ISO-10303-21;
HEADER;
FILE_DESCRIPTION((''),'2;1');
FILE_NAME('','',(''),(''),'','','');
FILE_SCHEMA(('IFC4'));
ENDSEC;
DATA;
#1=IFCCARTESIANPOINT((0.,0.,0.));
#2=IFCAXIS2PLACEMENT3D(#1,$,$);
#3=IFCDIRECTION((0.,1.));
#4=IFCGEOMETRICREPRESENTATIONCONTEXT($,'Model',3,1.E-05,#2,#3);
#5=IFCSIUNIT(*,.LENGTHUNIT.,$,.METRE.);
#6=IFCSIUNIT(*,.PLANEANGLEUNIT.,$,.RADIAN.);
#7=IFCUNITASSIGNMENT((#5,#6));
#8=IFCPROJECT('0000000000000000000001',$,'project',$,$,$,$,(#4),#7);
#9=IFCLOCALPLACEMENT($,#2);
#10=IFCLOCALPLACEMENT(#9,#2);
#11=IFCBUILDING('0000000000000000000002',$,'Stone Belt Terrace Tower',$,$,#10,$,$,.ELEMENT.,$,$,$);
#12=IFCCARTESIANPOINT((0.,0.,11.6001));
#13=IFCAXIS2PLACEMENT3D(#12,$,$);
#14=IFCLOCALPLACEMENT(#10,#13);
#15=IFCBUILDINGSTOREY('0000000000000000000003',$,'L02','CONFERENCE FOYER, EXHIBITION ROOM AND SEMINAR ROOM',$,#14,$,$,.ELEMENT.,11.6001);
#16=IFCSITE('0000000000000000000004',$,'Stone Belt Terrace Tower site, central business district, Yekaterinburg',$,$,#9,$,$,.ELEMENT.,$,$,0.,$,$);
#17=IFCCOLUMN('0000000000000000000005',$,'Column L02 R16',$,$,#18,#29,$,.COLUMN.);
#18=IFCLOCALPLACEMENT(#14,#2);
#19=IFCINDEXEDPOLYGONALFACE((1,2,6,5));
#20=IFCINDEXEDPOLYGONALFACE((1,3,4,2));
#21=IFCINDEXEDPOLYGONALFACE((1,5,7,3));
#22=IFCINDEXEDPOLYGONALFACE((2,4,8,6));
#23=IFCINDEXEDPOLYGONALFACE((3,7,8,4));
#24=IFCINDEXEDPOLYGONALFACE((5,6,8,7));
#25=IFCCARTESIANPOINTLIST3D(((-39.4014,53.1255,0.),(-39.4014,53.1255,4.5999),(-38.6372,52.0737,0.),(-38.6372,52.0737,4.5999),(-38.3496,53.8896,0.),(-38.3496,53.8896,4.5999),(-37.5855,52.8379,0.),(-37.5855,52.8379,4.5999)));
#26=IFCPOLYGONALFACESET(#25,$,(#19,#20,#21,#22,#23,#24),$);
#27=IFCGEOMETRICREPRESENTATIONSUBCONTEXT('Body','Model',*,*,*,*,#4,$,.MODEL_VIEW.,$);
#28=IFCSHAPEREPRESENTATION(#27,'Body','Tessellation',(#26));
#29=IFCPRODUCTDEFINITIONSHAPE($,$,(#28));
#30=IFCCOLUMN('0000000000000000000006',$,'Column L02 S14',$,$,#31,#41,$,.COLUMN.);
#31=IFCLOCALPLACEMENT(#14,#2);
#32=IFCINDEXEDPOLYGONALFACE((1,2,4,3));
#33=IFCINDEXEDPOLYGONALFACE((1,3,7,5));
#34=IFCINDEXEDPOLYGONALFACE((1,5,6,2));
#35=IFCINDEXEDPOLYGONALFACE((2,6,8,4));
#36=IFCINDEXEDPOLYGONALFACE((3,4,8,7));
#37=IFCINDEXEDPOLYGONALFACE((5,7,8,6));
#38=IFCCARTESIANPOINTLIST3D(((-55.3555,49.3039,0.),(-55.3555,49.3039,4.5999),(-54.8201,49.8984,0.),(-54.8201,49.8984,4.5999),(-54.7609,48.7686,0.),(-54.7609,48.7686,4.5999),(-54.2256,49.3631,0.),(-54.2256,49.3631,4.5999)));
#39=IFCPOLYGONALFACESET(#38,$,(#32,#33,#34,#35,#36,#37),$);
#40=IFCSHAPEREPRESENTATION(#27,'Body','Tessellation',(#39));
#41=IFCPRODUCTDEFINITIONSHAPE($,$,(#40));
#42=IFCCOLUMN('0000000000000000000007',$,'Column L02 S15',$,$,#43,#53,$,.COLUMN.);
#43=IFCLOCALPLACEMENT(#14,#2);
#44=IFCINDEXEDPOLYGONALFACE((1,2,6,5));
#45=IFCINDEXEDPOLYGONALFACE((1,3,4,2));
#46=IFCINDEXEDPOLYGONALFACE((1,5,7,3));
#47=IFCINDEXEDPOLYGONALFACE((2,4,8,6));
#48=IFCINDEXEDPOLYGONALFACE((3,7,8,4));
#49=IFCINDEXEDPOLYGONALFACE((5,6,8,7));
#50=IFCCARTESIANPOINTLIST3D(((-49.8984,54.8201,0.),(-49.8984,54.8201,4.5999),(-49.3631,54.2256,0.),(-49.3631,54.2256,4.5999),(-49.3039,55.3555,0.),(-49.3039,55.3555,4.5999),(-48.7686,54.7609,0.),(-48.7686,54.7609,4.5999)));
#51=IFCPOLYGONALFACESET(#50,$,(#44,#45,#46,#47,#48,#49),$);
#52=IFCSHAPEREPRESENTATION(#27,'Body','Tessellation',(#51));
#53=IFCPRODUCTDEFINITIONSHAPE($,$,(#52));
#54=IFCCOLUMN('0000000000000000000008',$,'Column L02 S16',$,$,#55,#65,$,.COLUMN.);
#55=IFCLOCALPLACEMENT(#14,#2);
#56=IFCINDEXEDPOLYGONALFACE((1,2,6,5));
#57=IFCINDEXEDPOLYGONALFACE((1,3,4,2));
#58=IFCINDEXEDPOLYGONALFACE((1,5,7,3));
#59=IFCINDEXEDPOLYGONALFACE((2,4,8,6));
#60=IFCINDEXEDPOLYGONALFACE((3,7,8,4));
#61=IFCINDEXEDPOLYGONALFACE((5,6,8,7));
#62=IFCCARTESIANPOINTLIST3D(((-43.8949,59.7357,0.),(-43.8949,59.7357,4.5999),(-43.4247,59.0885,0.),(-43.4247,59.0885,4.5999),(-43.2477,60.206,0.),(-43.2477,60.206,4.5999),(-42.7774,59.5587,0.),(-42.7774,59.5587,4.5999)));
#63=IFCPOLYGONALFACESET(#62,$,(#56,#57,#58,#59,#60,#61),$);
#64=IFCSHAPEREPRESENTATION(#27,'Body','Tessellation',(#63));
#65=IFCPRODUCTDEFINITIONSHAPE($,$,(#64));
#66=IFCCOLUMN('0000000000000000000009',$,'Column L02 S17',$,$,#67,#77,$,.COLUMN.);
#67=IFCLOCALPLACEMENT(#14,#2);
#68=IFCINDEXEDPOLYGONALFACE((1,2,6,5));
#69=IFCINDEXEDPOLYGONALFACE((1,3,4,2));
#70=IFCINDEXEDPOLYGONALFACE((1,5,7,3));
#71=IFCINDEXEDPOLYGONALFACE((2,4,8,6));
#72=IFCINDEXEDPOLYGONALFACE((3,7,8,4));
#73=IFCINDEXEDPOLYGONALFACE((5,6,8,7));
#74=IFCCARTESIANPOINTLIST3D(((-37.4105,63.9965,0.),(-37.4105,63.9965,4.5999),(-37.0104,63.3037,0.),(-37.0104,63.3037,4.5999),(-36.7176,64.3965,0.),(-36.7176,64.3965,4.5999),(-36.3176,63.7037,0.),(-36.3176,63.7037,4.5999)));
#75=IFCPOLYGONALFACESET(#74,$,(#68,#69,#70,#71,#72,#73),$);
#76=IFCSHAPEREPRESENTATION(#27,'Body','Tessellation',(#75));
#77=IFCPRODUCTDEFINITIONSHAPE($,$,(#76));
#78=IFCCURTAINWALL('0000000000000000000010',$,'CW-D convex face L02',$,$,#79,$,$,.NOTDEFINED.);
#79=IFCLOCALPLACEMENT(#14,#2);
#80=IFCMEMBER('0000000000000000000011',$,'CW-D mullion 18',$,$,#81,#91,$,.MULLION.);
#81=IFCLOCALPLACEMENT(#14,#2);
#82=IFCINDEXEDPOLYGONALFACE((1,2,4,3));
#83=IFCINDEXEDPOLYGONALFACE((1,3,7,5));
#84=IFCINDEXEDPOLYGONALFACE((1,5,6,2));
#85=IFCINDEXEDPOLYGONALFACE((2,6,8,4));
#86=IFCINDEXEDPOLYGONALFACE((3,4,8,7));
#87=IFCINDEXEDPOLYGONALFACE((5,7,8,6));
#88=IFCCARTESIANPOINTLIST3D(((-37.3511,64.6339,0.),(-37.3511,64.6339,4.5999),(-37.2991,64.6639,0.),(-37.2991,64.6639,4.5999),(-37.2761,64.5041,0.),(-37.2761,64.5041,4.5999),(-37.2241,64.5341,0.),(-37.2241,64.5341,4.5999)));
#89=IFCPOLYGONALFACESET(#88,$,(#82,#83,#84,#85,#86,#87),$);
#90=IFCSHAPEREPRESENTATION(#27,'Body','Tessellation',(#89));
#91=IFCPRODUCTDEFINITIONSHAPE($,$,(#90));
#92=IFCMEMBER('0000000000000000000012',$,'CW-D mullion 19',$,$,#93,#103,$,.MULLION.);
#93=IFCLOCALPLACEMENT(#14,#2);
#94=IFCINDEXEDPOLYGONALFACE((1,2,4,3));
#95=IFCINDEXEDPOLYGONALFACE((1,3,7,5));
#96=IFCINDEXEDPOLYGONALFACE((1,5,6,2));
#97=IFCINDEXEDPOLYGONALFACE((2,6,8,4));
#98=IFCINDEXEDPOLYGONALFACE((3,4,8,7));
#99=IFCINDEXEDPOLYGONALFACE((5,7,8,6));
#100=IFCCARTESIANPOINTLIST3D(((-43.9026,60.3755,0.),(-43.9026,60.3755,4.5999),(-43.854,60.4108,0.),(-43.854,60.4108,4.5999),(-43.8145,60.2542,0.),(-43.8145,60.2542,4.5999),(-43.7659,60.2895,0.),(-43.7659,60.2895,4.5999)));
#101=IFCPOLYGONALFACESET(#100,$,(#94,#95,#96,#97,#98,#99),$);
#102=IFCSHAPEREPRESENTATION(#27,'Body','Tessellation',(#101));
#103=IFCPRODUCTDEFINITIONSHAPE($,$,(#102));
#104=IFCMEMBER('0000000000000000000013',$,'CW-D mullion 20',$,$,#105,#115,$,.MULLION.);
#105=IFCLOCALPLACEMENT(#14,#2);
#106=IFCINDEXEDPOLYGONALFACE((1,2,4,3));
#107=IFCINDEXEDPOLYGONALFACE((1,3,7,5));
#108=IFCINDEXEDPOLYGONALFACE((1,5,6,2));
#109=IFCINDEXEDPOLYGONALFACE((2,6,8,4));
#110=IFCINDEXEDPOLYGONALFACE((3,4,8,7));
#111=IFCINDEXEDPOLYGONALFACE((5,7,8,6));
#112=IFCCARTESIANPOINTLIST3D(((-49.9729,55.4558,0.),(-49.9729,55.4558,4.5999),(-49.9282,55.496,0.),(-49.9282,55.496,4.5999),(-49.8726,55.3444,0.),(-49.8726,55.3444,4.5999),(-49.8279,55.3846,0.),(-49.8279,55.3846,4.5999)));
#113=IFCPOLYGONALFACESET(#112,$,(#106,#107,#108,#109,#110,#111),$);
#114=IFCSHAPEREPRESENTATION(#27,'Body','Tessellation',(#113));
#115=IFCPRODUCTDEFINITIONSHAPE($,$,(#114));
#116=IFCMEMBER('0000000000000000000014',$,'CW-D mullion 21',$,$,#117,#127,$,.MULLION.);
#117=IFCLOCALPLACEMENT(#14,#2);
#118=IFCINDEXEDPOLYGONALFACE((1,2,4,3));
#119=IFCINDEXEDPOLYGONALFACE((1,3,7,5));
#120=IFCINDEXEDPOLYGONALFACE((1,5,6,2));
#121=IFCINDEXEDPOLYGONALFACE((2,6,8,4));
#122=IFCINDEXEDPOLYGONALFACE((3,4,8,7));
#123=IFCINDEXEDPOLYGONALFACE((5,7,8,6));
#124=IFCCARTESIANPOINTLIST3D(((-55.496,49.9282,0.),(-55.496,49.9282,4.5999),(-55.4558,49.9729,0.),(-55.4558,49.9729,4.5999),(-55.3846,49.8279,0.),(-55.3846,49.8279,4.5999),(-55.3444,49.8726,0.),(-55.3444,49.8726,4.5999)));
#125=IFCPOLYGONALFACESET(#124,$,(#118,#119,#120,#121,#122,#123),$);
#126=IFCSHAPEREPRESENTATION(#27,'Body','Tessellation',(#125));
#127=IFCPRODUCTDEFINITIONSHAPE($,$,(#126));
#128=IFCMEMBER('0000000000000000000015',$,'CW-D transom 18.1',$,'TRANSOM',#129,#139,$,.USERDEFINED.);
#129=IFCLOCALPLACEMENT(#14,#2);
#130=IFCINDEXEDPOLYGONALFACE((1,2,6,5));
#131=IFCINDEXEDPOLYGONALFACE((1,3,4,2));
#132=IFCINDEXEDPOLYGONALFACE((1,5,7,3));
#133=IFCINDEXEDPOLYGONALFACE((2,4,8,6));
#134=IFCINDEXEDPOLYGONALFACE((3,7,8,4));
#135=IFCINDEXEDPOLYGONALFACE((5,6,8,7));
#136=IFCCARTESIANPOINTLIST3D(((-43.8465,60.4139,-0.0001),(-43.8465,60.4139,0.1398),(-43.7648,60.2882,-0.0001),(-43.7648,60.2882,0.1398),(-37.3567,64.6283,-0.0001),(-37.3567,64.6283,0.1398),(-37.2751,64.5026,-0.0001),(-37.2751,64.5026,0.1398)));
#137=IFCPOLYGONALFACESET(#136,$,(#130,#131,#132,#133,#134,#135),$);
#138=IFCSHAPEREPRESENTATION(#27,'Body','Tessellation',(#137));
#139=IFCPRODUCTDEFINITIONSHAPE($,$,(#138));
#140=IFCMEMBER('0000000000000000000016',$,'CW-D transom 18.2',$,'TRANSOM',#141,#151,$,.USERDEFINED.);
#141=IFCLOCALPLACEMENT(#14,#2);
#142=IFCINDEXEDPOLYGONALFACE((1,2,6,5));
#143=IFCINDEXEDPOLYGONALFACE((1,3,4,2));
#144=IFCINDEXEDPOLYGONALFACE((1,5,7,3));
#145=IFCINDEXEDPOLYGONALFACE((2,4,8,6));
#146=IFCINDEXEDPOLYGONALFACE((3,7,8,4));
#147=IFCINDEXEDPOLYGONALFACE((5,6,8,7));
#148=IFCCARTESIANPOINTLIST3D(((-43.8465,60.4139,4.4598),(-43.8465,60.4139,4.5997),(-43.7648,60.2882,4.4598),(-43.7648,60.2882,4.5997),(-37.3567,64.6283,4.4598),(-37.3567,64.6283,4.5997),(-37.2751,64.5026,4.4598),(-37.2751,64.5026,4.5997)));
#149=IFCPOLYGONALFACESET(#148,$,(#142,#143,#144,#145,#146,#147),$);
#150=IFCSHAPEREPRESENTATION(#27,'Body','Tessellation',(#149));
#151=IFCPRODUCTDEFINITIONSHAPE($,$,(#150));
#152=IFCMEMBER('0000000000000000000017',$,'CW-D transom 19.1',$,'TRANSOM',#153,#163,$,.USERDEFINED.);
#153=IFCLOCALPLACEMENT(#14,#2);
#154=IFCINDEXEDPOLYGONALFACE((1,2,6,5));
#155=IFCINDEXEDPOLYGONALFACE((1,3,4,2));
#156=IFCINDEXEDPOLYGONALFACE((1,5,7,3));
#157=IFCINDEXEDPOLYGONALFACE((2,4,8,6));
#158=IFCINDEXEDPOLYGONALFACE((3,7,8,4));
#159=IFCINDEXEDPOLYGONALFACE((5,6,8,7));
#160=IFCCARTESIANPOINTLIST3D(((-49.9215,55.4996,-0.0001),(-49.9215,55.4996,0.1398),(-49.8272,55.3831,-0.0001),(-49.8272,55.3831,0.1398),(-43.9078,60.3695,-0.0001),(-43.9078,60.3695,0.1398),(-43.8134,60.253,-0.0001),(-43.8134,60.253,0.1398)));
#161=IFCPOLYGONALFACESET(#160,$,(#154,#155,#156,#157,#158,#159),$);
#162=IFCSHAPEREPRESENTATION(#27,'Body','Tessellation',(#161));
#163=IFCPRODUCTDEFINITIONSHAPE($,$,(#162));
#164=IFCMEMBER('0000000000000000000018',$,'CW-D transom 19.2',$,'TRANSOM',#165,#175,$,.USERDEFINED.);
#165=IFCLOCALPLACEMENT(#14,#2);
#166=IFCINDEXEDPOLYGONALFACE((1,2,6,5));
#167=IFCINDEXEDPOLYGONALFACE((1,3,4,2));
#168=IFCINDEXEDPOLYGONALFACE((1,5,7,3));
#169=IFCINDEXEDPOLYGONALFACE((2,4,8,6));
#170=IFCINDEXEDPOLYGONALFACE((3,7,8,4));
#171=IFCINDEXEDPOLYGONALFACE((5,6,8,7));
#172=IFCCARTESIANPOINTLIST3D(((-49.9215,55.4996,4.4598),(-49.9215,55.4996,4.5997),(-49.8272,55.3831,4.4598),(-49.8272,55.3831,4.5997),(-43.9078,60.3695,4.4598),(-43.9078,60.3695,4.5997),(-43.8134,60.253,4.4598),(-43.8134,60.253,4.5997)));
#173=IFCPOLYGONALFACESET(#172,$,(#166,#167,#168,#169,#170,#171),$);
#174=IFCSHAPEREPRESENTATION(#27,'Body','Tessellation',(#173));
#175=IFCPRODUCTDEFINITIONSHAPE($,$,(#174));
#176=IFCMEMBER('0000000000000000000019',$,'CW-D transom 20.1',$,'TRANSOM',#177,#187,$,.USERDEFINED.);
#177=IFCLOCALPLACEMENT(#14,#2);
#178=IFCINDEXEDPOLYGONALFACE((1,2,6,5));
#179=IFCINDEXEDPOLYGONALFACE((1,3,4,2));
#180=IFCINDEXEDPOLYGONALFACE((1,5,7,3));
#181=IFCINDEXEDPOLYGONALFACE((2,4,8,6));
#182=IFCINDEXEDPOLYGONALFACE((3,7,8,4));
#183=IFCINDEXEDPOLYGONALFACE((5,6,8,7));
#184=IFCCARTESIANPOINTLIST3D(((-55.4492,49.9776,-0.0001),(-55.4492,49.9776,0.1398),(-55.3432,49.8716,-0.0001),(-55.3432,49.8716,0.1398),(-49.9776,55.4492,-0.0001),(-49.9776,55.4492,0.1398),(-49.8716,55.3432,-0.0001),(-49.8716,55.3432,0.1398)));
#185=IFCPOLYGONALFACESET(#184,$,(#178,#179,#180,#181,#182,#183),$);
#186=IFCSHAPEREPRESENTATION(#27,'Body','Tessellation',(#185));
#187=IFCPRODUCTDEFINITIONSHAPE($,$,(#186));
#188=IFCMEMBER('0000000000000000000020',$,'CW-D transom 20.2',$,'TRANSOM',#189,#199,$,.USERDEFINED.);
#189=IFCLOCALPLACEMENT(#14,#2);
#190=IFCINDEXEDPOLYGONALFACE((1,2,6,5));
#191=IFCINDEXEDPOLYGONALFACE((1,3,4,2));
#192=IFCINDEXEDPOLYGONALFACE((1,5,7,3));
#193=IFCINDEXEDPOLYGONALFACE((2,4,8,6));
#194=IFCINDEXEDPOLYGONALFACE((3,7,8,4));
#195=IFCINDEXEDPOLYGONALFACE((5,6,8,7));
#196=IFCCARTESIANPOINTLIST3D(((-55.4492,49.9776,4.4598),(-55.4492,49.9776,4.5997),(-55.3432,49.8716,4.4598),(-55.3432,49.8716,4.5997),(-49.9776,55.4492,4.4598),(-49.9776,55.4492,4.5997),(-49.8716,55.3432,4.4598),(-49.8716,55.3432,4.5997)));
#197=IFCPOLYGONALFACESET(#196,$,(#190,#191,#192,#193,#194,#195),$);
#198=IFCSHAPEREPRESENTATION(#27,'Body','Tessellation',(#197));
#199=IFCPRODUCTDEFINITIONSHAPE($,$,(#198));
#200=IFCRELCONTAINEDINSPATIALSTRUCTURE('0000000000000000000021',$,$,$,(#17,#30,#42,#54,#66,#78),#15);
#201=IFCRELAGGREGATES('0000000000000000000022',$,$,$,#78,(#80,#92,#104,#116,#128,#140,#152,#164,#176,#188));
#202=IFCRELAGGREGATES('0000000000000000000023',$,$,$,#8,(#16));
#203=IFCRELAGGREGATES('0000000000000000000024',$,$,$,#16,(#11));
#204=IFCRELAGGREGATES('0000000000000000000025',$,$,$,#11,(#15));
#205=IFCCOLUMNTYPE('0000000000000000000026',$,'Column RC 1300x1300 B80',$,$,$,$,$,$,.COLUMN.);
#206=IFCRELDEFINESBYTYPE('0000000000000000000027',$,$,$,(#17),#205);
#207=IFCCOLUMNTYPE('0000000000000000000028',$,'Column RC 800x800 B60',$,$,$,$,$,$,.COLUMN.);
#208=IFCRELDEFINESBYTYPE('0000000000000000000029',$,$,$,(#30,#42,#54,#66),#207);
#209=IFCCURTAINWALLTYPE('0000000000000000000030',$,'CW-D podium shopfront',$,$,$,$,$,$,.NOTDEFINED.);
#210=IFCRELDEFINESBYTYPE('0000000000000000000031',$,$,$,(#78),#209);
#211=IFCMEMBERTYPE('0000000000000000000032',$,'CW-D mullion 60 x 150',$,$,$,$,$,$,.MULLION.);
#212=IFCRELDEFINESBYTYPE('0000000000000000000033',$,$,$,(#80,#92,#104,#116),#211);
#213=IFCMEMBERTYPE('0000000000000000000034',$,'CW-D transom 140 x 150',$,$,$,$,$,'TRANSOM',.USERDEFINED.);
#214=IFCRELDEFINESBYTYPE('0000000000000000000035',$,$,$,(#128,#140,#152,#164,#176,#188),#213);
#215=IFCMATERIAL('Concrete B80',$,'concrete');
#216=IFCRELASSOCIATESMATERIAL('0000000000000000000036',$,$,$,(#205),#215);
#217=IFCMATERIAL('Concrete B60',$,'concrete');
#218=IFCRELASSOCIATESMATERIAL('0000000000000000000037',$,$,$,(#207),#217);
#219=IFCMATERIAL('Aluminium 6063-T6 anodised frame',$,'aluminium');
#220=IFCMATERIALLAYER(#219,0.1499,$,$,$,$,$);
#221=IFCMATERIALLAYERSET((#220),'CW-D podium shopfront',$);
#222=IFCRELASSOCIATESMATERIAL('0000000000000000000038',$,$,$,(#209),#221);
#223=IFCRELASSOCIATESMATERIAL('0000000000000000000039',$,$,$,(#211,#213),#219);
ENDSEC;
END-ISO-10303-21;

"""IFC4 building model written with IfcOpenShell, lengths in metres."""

from ifc_helpers import new_model, si_unit, direction, frame, origin, origin_2d, place, context, subcontext, project, spatial, rectangle, extrude, material, layer, layer_set, material_profile, profile_set, type_object, element, aggregate, save


model = new_model("IFC4")

# Units and contexts
model_context = context("Model", 3, precision=1e-05, world=origin(), true_north=direction((0.0, 1.0)))
body_context = subcontext(model_context, "Body", "Model", "MODEL_VIEW")
ifc_project = project(units=[si_unit("LENGTHUNIT", "METRE"), si_unit("PLANEANGLEUNIT", "RADIAN")], contexts=[model_context])

# Site, building, storey
site_placement = place(None, origin())
site = spatial("IfcSite", under=ifc_project, at=site_placement, Name="Stone Belt Terrace Tower site, central business district, Yekaterinburg", CompositionType="ELEMENT", RefElevation=0.0)
building_placement = place(site_placement, origin())
building = spatial("IfcBuilding", under=site, at=building_placement, Name="Stone Belt Terrace Tower", CompositionType="ELEMENT")
storey_placement = place(building_placement, frame((0.0, 0.0, 11.6001)))
storey = spatial("IfcBuildingStorey", under=building, at=storey_placement, Name="L02", Description="CONFERENCE FOYER, EXHIBITION ROOM AND SEMINAR ROOM", CompositionType="ELEMENT", Elevation=11.6001)

# Columns
ifc_material_1 = material(Name="Concrete B80", Category="concrete")
ifc_material_profile_1 = material_profile(ifc_material_1, rectangle(XDim=1.3, YDim=1.3, at=origin_2d()), Name="RC 1300x1300")
ifc_profile_set_1 = profile_set([ifc_material_profile_1], Name="Concrete B80")
column_type_1 = type_object("IfcColumnType", Name="Column RC 1300x1300 B80", PredefinedType="COLUMN", material=ifc_profile_set_1)
column_placement = place(storey_placement, frame((-38.4934, 52.9817, 0.0), z_axis=(0.0, 0.0, 1.0), x_axis=(0.809017, 0.587785, 0.0)))
element("IfcColumn", 1, at=column_placement, inside=storey, type_object=column_type_1, Name="Column L02 R16", PredefinedType="COLUMN", context=body_context, shape_type="SweptSolid", body=[
    extrude(rectangle(XDim=1.3, YDim=1.3, at=origin_2d()), origin(), (0.0, 0.0, 1.0), 4.5999),
])
ifc_material_2 = material(Name="Concrete B60", Category="concrete")
ifc_material_profile_2 = material_profile(ifc_material_2, rectangle(XDim=0.8, YDim=0.8, at=origin_2d()), Name="RC 800x800")
ifc_profile_set_2 = profile_set([ifc_material_profile_2], Name="Concrete B60")
column_type_2 = type_object("IfcColumnType", Name="Column RC 800x800 B60", PredefinedType="COLUMN", material=ifc_profile_set_2)
for number, where, z_axis, x_axis, name in (
    (2, (-54.7905, 49.3335, 0.0), (0.0, 0.0, 1.0), (0.669131, 0.743145, 0.0), "Column L02 S14"),
    (3, (-49.3335, 54.7905, 0.0), (0.0, 0.0, 1.0), (0.743145, 0.669131, 0.0), "Column L02 S15"),
    (4, (-43.3362, 59.6472, 0.0), (0.0, 0.0, 1.0), (0.809017, 0.587785, 0.0), "Column L02 S16"),
    (5, (-36.864, 63.8501, 0.0), (0.0, 0.0, 1.0), (0.866025, 0.5, 0.0), "Column L02 S17"),
):
    element("IfcColumn", number, at=place(storey_placement, frame(where, z_axis=z_axis, x_axis=x_axis)), inside=storey, type_object=column_type_2, Name=name, PredefinedType="COLUMN", context=body_context, shape_type="SweptSolid", body=[
        extrude(rectangle(XDim=0.8, YDim=0.8, at=origin_2d()), origin(), (0.0, 0.0, 1.0), 4.5999),
    ])

# Curtain wall, members
ifc_material_3 = material(Name="Aluminium 6063-T6 anodised frame", Category="aluminium")
ifc_layer_1 = layer(ifc_material_3, 0.1499)
ifc_layer_set_1 = layer_set([ifc_layer_1], Name="CW-D podium shopfront")
curtain_wall_type = type_object("IfcCurtainWallType", Name="CW-D podium shopfront", PredefinedType="NOTDEFINED", material=ifc_layer_set_1)
curtain_wall_placement = place(storey_placement, origin())
curtain_wall = element("IfcCurtainWall", 6, at=curtain_wall_placement, inside=storey, type_object=curtain_wall_type, Name="CW-D convex face L02", PredefinedType="NOTDEFINED")
ifc_material_profile_3 = material_profile(ifc_material_3, rectangle(XDim=0.1499, YDim=0.0601, at=origin_2d()), Name="Aluminium 6063-T6 60x150")
ifc_profile_set_3 = profile_set([ifc_material_profile_3], Name="Aluminium 6063-T6 anodised frame")
member_type_1 = type_object("IfcMemberType", Name="CW-D mullion 60 x 150", PredefinedType="MULLION", material=ifc_profile_set_3)
member_1_placement = place(storey_placement, frame((-37.2876, 64.584, 0.0), z_axis=(0.0, 0.0, 1.0), x_axis=(0.5, -0.866025, 0.0)))
member_1 = element("IfcMember", 7, at=member_1_placement, type_object=member_type_1, Name="CW-D mullion 18", PredefinedType="MULLION", context=body_context, shape_type="SweptSolid", body=[
    extrude(rectangle(XDim=0.1499, YDim=0.0601, at=origin_2d()), origin(), (0.0, 0.0, 1.0), 4.5999),
])
member_2_placement = place(storey_placement, frame((-43.8342, 60.3325, 0.0), z_axis=(0.0, 0.0, 1.0), x_axis=(0.587785, -0.809017, 0.0)))
member_2 = element("IfcMember", 8, at=member_2_placement, type_object=member_type_1, Name="CW-D mullion 19", PredefinedType="MULLION", context=body_context, shape_type="SweptSolid", body=[
    extrude(rectangle(XDim=0.1499, YDim=0.0601, at=origin_2d()), origin(), (0.0, 0.0, 1.0), 4.5999),
])
member_3_placement = place(storey_placement, frame((-49.9004, 55.4202, 0.0), z_axis=(0.0, 0.0, 1.0), x_axis=(0.669131, -0.743145, 0.0)))
member_3 = element("IfcMember", 9, at=member_3_placement, type_object=member_type_1, Name="CW-D mullion 20", PredefinedType="MULLION", context=body_context, shape_type="SweptSolid", body=[
    extrude(rectangle(XDim=0.1499, YDim=0.0601, at=origin_2d()), origin(), (0.0, 0.0, 1.0), 4.5999),
])
member_4_placement = place(storey_placement, frame((-55.4202, 49.9004, 0.0), z_axis=(0.0, 0.0, 1.0), x_axis=(0.743145, -0.669131, 0.0)))
member_4 = element("IfcMember", 10, at=member_4_placement, type_object=member_type_1, Name="CW-D mullion 21", PredefinedType="MULLION", context=body_context, shape_type="SweptSolid", body=[
    extrude(rectangle(XDim=0.1499, YDim=0.0601, at=origin_2d()), origin(), (0.0, 0.0, 1.0), 4.5999),
])
ifc_material_profile_4 = material_profile(ifc_material_3, rectangle(XDim=0.1499, YDim=0.1399, at=origin_2d()), Name="Aluminium 6063-T6 150x140")
ifc_profile_set_4 = profile_set([ifc_material_profile_4], Name="Aluminium 6063-T6 anodised frame")
member_type_2 = type_object("IfcMemberType", Name="CW-D transom 140 x 150", ElementType="TRANSOM", PredefinedType="USERDEFINED", material=ifc_profile_set_4)
member_5_placement = place(storey_placement, frame((-37.3159, 64.5654, 0.0698), z_axis=(-0.838679, -0.544627, 0.0), x_axis=(0.544627, -0.838679, 0.0)))
member_5 = element("IfcMember", 11, at=member_5_placement, type_object=member_type_2, Name="CW-D transom 18.1", ObjectType="TRANSOM", PredefinedType="USERDEFINED", context=body_context, shape_type="SweptSolid", body=[
    extrude(rectangle(XDim=0.1499, YDim=0.1399, at=origin_2d()), origin(), (0.0, 0.0, 1.0), 7.738),
])
member_6_placement = place(storey_placement, frame((-37.3159, 64.5654, 4.5298), z_axis=(-0.838679, -0.544627, 0.0), x_axis=(0.544627, -0.838679, 0.0)))
member_6 = element("IfcMember", 12, at=member_6_placement, type_object=member_type_2, Name="CW-D transom 18.2", ObjectType="TRANSOM", PredefinedType="USERDEFINED", context=body_context, shape_type="SweptSolid", body=[
    extrude(rectangle(XDim=0.1499, YDim=0.1399, at=origin_2d()), origin(), (0.0, 0.0, 1.0), 7.738),
])
member_7_placement = place(storey_placement, frame((-43.8606, 60.3113, 0.0698), z_axis=(-0.77714, -0.629328, 0.0), x_axis=(0.629328, -0.77714, 0.0)))
member_7 = element("IfcMember", 13, at=member_7_placement, type_object=member_type_2, Name="CW-D transom 19.1", ObjectType="TRANSOM", PredefinedType="USERDEFINED", context=body_context, shape_type="SweptSolid", body=[
    extrude(rectangle(XDim=0.1499, YDim=0.1399, at=origin_2d()), origin(), (0.0, 0.0, 1.0), 7.7383),
])
member_8_placement = place(storey_placement, frame((-43.8606, 60.3113, 4.5298), z_axis=(-0.77714, -0.629328, 0.0), x_axis=(0.629328, -0.77714, 0.0)))
member_8 = element("IfcMember", 14, at=member_8_placement, type_object=member_type_2, Name="CW-D transom 19.2", ObjectType="TRANSOM", PredefinedType="USERDEFINED", context=body_context, shape_type="SweptSolid", body=[
    extrude(rectangle(XDim=0.1499, YDim=0.1399, at=origin_2d()), origin(), (0.0, 0.0, 1.0), 7.7383),
])
member_9_placement = place(storey_placement, frame((-49.9246, 55.3962, 0.0698), z_axis=(-0.707107, -0.707107, 0.0), x_axis=(0.707107, -0.707107, 0.0)))
member_9 = element("IfcMember", 15, at=member_9_placement, type_object=member_type_2, Name="CW-D transom 20.1", ObjectType="TRANSOM", PredefinedType="USERDEFINED", context=body_context, shape_type="SweptSolid", body=[
    extrude(rectangle(XDim=0.1499, YDim=0.1399, at=origin_2d()), origin(), (0.0, 0.0, 1.0), 7.738),
])
member_10_placement = place(storey_placement, frame((-49.9246, 55.3962, 4.5298), z_axis=(-0.707107, -0.707107, 0.0), x_axis=(0.707107, -0.707107, 0.0)))
member_10 = element("IfcMember", 16, at=member_10_placement, type_object=member_type_2, Name="CW-D transom 20.2", ObjectType="TRANSOM", PredefinedType="USERDEFINED", context=body_context, shape_type="SweptSolid", body=[
    extrude(rectangle(XDim=0.1499, YDim=0.1399, at=origin_2d()), origin(), (0.0, 0.0, 1.0), 7.738),
])
aggregate(curtain_wall, [member_1, member_2, member_3, member_4, member_5, member_6, member_7, member_8, member_9, member_10])

save(model, "model.ifc")
